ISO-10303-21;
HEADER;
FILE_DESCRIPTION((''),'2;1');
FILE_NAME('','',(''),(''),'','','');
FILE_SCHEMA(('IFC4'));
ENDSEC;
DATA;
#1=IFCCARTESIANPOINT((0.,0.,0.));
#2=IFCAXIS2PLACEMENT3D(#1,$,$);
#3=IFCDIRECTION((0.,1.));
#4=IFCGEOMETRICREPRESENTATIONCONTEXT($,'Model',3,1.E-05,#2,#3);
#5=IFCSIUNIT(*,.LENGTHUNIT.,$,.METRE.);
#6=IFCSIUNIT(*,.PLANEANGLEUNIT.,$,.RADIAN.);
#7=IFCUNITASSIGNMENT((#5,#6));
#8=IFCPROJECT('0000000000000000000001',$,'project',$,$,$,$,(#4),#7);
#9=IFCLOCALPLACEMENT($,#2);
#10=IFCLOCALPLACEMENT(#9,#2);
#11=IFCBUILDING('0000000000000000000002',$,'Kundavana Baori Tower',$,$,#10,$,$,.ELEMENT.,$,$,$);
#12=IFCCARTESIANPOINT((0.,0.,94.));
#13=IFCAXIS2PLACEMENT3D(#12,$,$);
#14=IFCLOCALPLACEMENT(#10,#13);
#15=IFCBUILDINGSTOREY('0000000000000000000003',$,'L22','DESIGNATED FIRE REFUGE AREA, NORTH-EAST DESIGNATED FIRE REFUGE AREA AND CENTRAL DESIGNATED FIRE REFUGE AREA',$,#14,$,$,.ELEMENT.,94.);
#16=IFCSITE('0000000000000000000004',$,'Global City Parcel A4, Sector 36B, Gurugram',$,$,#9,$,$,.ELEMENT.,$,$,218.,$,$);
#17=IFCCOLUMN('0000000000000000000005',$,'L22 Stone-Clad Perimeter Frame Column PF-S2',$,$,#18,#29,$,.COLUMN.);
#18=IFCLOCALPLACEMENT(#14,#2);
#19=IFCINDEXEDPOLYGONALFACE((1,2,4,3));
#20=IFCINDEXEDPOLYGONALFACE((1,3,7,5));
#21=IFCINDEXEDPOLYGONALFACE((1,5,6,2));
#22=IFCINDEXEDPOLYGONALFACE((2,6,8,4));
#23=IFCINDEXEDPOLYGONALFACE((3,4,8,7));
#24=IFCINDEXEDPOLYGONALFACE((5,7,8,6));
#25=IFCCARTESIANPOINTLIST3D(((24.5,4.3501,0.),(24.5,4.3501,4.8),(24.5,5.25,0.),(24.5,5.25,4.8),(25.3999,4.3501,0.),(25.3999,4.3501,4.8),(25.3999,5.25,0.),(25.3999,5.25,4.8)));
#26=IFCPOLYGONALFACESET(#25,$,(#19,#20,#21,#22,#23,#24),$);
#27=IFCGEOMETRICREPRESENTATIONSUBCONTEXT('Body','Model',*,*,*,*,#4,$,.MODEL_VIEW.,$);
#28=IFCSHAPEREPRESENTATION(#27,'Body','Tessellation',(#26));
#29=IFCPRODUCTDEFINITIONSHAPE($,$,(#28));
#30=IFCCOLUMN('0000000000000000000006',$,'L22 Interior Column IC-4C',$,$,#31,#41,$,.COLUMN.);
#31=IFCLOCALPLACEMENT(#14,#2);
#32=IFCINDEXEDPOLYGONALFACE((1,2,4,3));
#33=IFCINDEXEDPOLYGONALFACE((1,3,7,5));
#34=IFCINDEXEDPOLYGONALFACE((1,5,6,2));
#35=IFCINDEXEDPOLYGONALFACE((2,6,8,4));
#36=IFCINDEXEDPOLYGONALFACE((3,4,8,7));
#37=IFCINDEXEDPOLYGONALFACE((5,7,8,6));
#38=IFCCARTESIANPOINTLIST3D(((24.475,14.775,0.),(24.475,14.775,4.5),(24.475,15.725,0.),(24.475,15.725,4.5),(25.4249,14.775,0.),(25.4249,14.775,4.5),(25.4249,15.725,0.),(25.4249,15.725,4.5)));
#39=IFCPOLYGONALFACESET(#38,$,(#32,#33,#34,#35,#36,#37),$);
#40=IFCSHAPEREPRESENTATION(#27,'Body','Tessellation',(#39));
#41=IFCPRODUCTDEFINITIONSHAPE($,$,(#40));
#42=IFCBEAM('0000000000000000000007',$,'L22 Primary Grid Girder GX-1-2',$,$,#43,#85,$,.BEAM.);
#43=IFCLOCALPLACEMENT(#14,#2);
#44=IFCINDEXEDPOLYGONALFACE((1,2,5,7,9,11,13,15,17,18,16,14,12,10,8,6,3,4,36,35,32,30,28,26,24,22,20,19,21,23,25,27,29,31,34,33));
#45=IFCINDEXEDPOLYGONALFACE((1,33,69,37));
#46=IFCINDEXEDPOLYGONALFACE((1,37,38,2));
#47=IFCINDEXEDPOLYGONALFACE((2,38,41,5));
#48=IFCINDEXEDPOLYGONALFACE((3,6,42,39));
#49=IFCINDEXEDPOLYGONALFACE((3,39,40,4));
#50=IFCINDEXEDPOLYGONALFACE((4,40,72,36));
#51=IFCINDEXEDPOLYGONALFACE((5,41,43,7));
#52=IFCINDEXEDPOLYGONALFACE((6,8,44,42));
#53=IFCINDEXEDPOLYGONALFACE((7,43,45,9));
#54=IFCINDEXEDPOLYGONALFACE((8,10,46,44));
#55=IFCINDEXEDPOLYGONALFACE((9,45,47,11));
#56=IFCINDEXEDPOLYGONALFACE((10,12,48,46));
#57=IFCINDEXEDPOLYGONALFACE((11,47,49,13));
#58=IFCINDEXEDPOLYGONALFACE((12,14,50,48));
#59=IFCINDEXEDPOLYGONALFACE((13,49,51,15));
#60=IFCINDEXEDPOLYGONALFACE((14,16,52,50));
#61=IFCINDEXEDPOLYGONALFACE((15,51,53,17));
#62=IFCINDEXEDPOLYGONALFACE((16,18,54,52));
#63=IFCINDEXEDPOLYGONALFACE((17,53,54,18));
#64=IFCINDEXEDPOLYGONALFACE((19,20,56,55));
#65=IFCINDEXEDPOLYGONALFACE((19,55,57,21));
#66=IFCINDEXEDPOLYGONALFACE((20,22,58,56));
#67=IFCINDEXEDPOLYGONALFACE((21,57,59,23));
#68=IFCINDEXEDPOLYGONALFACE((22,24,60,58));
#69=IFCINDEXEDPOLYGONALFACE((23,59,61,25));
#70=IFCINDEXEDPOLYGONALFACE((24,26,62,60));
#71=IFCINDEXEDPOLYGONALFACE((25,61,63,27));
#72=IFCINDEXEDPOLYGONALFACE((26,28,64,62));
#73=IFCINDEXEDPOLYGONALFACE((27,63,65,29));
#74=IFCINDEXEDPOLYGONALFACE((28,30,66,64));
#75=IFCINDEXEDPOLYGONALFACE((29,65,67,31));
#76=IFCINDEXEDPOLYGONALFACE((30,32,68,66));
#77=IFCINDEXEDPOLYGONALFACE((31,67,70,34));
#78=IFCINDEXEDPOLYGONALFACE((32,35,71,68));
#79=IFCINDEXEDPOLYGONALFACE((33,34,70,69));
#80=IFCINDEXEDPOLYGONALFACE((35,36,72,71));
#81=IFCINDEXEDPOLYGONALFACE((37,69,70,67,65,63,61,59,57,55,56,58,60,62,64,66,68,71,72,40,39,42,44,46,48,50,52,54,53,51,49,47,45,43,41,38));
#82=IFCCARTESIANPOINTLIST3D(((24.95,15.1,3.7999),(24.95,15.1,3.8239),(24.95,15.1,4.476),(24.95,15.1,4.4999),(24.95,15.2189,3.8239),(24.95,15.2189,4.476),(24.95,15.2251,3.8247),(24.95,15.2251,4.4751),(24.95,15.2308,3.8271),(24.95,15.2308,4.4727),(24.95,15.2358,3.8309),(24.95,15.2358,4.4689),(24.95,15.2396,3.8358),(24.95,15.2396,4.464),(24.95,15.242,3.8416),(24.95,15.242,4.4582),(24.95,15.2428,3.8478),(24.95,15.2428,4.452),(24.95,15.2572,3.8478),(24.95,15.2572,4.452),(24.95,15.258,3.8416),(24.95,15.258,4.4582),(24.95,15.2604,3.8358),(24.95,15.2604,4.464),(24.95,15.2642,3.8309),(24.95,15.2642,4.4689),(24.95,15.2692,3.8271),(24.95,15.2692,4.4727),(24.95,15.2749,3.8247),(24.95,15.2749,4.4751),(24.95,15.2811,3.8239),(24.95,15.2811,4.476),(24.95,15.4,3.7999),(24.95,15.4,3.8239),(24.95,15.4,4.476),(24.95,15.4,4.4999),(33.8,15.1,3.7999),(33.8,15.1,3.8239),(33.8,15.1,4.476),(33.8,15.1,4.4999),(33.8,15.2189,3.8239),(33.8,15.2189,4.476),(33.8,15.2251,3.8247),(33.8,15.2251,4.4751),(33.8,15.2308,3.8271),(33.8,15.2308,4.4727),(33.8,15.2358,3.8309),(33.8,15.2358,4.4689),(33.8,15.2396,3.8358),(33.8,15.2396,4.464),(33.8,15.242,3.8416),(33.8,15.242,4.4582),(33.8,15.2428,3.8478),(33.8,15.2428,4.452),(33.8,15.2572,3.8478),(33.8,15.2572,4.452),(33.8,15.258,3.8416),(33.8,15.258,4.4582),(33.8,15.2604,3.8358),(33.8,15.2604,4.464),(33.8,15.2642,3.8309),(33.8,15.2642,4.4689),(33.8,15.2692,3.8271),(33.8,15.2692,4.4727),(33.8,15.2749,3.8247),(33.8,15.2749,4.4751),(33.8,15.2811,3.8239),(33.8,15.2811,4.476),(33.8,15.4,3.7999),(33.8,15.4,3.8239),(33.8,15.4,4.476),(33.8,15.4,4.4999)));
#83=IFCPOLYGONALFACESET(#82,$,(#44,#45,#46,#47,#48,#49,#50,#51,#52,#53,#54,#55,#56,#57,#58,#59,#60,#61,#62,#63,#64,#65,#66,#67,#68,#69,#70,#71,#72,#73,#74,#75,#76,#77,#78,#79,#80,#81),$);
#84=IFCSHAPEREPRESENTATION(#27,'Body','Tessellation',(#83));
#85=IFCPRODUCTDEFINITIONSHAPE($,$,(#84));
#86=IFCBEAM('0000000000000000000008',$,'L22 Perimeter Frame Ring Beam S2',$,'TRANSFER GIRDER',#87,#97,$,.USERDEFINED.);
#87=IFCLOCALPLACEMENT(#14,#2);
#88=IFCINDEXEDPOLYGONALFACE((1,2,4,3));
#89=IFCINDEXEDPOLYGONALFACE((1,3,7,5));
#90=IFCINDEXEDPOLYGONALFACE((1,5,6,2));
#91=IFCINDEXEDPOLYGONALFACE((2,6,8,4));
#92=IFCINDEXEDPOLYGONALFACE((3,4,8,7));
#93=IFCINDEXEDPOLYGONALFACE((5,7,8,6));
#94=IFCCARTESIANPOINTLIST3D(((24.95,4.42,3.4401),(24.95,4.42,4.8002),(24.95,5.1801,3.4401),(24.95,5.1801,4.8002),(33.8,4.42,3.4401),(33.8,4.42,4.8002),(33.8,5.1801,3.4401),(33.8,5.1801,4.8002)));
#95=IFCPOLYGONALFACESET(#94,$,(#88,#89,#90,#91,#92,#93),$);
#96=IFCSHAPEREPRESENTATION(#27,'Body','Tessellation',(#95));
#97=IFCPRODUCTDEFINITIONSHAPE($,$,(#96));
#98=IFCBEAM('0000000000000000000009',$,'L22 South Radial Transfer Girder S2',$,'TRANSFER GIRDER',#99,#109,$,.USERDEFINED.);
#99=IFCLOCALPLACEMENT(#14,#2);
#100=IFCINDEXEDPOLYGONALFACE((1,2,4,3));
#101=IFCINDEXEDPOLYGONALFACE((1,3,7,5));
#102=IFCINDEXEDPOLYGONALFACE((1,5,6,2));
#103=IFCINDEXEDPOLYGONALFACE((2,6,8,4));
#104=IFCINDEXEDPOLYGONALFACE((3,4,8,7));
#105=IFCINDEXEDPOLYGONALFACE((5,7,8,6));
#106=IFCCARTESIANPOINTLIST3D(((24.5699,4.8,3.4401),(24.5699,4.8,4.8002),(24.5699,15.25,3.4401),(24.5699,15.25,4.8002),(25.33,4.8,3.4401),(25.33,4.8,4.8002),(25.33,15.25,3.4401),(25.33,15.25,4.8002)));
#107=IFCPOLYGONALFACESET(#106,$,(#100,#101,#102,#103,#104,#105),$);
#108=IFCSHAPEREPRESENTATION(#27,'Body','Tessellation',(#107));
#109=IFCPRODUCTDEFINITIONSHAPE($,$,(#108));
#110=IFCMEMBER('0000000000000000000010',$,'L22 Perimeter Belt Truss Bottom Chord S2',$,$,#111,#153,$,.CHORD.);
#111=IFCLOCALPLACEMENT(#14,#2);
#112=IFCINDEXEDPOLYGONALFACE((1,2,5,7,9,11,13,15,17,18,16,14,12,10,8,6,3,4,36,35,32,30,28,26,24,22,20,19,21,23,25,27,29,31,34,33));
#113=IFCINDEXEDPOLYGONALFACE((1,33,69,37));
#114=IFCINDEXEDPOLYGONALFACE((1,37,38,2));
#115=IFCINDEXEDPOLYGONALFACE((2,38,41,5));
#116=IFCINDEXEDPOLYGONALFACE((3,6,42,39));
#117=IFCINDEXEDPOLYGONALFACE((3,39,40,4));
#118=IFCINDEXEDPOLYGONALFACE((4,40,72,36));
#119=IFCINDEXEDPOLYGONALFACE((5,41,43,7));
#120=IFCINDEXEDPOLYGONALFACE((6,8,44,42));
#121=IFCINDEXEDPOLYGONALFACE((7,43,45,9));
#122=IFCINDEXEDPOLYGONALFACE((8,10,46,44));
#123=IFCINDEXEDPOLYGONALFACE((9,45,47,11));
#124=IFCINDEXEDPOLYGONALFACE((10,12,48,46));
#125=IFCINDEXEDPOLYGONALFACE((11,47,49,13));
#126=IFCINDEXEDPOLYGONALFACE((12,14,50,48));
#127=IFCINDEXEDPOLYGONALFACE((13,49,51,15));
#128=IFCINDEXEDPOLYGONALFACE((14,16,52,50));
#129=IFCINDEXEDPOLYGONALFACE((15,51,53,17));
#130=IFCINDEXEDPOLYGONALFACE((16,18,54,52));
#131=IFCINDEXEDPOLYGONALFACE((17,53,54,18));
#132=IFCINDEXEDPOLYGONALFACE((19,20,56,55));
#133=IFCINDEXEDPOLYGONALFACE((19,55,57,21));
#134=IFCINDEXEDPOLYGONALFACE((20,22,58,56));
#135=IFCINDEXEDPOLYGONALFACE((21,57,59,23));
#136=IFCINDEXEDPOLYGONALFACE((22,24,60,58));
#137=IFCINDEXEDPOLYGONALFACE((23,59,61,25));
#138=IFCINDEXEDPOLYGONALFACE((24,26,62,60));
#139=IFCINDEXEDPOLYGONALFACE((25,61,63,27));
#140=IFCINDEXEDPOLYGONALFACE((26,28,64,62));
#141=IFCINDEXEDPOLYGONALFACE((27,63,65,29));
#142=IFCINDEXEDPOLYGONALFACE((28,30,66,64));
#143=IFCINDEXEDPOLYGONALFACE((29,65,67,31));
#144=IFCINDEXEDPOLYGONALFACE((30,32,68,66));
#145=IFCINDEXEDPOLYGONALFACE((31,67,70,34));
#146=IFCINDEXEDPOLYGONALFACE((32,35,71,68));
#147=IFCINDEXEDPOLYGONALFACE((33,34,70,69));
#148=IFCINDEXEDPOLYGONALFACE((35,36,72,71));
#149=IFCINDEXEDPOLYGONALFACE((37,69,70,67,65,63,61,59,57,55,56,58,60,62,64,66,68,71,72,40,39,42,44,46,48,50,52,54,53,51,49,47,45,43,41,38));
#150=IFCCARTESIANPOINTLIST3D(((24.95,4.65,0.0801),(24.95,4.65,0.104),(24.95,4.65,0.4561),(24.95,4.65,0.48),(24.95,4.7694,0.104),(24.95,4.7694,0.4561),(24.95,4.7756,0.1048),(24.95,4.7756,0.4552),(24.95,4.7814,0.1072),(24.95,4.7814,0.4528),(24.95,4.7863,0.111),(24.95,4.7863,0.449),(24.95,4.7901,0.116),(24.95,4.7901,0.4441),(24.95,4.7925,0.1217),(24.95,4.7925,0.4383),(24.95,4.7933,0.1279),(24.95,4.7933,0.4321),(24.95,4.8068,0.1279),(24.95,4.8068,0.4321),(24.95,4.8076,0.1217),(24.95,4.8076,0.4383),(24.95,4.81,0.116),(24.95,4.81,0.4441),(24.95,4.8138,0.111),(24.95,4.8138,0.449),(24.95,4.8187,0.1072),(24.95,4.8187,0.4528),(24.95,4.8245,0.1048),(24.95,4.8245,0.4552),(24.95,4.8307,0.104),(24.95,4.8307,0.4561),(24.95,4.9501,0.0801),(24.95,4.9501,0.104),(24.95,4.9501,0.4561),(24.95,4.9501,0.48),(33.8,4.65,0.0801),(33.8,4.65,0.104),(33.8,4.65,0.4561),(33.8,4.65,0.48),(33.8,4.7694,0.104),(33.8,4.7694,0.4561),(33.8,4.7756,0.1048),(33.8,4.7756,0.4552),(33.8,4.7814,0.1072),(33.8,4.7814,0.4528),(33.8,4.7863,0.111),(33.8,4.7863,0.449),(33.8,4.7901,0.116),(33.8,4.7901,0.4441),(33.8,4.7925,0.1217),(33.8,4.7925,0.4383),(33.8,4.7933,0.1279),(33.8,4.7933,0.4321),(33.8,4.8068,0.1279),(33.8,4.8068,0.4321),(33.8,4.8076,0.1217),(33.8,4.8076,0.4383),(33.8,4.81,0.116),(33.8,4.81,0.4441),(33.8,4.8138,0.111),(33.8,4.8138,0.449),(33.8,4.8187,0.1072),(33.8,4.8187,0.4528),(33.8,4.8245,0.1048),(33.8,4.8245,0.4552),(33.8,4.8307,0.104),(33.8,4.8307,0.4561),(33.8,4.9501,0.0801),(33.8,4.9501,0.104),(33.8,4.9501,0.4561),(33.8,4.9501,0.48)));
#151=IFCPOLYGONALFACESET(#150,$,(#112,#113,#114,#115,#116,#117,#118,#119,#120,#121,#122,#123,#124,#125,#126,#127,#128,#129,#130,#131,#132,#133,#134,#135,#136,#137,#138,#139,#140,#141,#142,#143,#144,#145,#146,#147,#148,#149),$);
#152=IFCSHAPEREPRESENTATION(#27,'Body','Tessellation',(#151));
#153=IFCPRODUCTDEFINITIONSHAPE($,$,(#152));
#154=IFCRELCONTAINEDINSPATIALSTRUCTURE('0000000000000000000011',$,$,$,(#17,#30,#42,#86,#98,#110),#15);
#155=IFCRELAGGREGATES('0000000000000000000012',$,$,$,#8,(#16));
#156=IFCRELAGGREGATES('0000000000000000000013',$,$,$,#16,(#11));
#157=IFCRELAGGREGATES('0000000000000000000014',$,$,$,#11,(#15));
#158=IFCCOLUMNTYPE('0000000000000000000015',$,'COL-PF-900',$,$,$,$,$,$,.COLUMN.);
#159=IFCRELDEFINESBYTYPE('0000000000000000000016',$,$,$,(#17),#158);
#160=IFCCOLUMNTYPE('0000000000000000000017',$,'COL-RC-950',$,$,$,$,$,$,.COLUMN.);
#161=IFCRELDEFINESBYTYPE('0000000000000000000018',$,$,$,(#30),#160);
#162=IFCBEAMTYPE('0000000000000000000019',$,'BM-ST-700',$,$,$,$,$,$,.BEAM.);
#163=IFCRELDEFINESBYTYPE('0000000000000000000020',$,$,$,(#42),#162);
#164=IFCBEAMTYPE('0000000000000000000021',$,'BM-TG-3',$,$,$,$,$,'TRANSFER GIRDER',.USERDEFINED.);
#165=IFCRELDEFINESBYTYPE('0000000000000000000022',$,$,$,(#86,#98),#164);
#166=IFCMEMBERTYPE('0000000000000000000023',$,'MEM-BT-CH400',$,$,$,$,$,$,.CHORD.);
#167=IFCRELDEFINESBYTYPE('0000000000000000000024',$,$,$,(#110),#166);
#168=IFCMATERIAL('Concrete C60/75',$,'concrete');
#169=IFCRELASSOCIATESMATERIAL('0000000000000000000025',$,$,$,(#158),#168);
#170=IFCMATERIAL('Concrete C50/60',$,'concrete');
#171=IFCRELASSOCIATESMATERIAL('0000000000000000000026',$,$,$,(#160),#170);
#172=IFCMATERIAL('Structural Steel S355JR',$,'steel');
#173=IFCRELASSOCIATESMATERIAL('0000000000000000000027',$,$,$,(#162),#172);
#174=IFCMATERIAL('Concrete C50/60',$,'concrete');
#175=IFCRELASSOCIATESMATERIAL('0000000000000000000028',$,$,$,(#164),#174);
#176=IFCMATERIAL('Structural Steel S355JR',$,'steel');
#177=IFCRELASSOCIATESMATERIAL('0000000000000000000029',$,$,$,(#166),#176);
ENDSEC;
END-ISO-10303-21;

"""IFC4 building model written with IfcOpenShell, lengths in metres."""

from ifc_helpers import new_model, si_unit, direction, frame, origin, origin_2d, place, context, subcontext, project, spatial, rectangle, i_section, extrude, material, material_profile, profile_set, type_object, element, save


model = new_model("IFC4")

# Units and contexts
model_context = context("Model", 3, precision=1e-05, world=origin(), true_north=direction((0.0, 1.0)))
body_context = subcontext(model_context, "Body", "Model", "MODEL_VIEW")
ifc_project = project(units=[si_unit("LENGTHUNIT", "METRE"), si_unit("PLANEANGLEUNIT", "RADIAN")], contexts=[model_context])

# Site, building, storey
site_placement = place(None, origin())
site = spatial("IfcSite", under=ifc_project, at=site_placement, Name="Global City Parcel A4, Sector 36B, Gurugram", CompositionType="ELEMENT", RefElevation=218.0)
building_placement = place(site_placement, origin())
building = spatial("IfcBuilding", under=site, at=building_placement, Name="Kundavana Baori Tower", CompositionType="ELEMENT")
storey_placement = place(building_placement, frame((0.0, 0.0, 94.0)))
storey = spatial("IfcBuildingStorey", under=building, at=storey_placement, Name="L22", Description="DESIGNATED FIRE REFUGE AREA, NORTH-EAST DESIGNATED FIRE REFUGE AREA AND CENTRAL DESIGNATED FIRE REFUGE AREA", CompositionType="ELEMENT", Elevation=94.0)

# Columns
ifc_material_1 = material(Name="Concrete C60/75", Category="concrete")
ifc_material_profile_1 = material_profile(ifc_material_1, rectangle(XDim=0.8999, YDim=0.8999, at=origin_2d()), Name="RC PF 900x900")
ifc_profile_set_1 = profile_set([ifc_material_profile_1], Name="Concrete C60/75")
column_type_1 = type_object("IfcColumnType", Name="COL-PF-900", PredefinedType="COLUMN", material=ifc_profile_set_1)
column_1_placement = place(storey_placement, frame((24.95, 4.8, 0.0), z_axis=(0.0, 0.0, 1.0), x_axis=(1.0, 0.0, 0.0)))
element("IfcColumn", 1, at=column_1_placement, inside=storey, type_object=column_type_1, Name="L22 Stone-Clad Perimeter Frame Column PF-S2", PredefinedType="COLUMN", context=body_context, shape_type="SweptSolid", body=[
    extrude(rectangle(XDim=0.8999, YDim=0.8999, at=origin_2d()), origin(), (0.0, 0.0, 1.0), 4.8),
])
ifc_material_2 = material(Name="Concrete C50/60", Category="concrete")
ifc_material_profile_2 = material_profile(ifc_material_2, rectangle(XDim=0.95, YDim=0.95, at=origin_2d()), Name="RC 950x950")
ifc_profile_set_2 = profile_set([ifc_material_profile_2], Name="Concrete C50/60")
column_type_2 = type_object("IfcColumnType", Name="COL-RC-950", PredefinedType="COLUMN", material=ifc_profile_set_2)
column_2_placement = place(storey_placement, frame((24.95, 15.25, 0.0), z_axis=(0.0, 0.0, 1.0), x_axis=(1.0, 0.0, 0.0)))
element("IfcColumn", 2, at=column_2_placement, inside=storey, type_object=column_type_2, Name="L22 Interior Column IC-4C", PredefinedType="COLUMN", context=body_context, shape_type="SweptSolid", body=[
    extrude(rectangle(XDim=0.95, YDim=0.95, at=origin_2d()), origin(), (0.0, 0.0, 1.0), 4.5),
])

# Beams
ifc_material_3 = material(Name="Structural Steel S355JR", Category="steel")
ifc_material_profile_3 = material_profile(ifc_material_3, i_section(OverallWidth=0.3, OverallDepth=0.7, WebThickness=0.0144, FlangeThickness=0.0239, FilletRadius=0.0239, at=origin_2d()), Name="NPB 700x300x170")
ifc_profile_set_3 = profile_set([ifc_material_profile_3], Name="Structural Steel S355JR")
beam_type_1 = type_object("IfcBeamType", Name="BM-ST-700", PredefinedType="BEAM", material=ifc_profile_set_3)
beam_1_placement = place(storey_placement, frame((24.95, 15.25, 4.1499), z_axis=(1.0, 0.0, 0.0), x_axis=(0.0, 1.0, 0.0)))
element("IfcBeam", 3, at=beam_1_placement, inside=storey, type_object=beam_type_1, Name="L22 Primary Grid Girder GX-1-2", PredefinedType="BEAM", context=body_context, shape_type="SweptSolid", body=[
    extrude(i_section(OverallWidth=0.3, OverallDepth=0.7, WebThickness=0.0144, FlangeThickness=0.0239, FilletRadius=0.0239, at=origin_2d()), origin(), (0.0, 0.0, 1.0), 8.8501),
])
ifc_material_4 = material(Name="Concrete C50/60", Category="concrete")
ifc_material_profile_4 = material_profile(ifc_material_4, rectangle(XDim=0.76, YDim=1.3601, at=origin_2d()), Name="BM-TG-3")
ifc_profile_set_4 = profile_set([ifc_material_profile_4], Name="Concrete C50/60")
beam_type_2 = type_object("IfcBeamType", Name="BM-TG-3", ElementType="TRANSFER GIRDER", PredefinedType="USERDEFINED", material=ifc_profile_set_4)
beam_2_placement = place(storey_placement, frame((24.95, 4.8, 4.1201), z_axis=(1.0, 0.0, 0.0), x_axis=(0.0, 1.0, 0.0)))
element("IfcBeam", 4, at=beam_2_placement, inside=storey, type_object=beam_type_2, Name="L22 Perimeter Frame Ring Beam S2", ObjectType="TRANSFER GIRDER", PredefinedType="USERDEFINED", context=body_context, shape_type="SweptSolid", body=[
    extrude(rectangle(XDim=0.76, YDim=1.3601, at=origin_2d()), origin(), (0.0, 0.0, 1.0), 8.8501),
])
beam_3_placement = place(storey_placement, frame((24.95, 15.25, 4.1201), z_axis=(0.0, -1.0, 0.0), x_axis=(1.0, 0.0, 0.0)))
element("IfcBeam", 5, at=beam_3_placement, inside=storey, type_object=beam_type_2, Name="L22 South Radial Transfer Girder S2", ObjectType="TRANSFER GIRDER", PredefinedType="USERDEFINED", context=body_context, shape_type="SweptSolid", body=[
    extrude(rectangle(XDim=0.76, YDim=1.3601, at=origin_2d()), origin(), (0.0, 0.0, 1.0), 10.45),
])

# Member
ifc_material_5 = material(Name="Structural Steel S355JR", Category="steel")
ifc_material_profile_5 = material_profile(ifc_material_5, i_section(OverallWidth=0.3, OverallDepth=0.3999, WebThickness=0.0134, FlangeThickness=0.0239, FilletRadius=0.0239, at=origin_2d()), Name="WPB 400x300x135")
ifc_profile_set_5 = profile_set([ifc_material_profile_5], Name="Structural Steel S355JR")
member_type_1 = type_object("IfcMemberType", Name="MEM-BT-CH400", PredefinedType="CHORD", material=ifc_profile_set_5)
member_1_placement = place(storey_placement, frame((24.95, 4.8, 0.28), z_axis=(1.0, 0.0, 0.0), x_axis=(0.0, 1.0, 0.0)))
element("IfcMember", 6, at=member_1_placement, inside=storey, type_object=member_type_1, Name="L22 Perimeter Belt Truss Bottom Chord S2", PredefinedType="CHORD", context=body_context, shape_type="SweptSolid", body=[
    extrude(i_section(OverallWidth=0.3, OverallDepth=0.3999, WebThickness=0.0134, FlangeThickness=0.0239, FilletRadius=0.0239, at=origin_2d()), origin(), (0.0, 0.0, 1.0), 8.8501),
])

save(model, "model.ifc")
